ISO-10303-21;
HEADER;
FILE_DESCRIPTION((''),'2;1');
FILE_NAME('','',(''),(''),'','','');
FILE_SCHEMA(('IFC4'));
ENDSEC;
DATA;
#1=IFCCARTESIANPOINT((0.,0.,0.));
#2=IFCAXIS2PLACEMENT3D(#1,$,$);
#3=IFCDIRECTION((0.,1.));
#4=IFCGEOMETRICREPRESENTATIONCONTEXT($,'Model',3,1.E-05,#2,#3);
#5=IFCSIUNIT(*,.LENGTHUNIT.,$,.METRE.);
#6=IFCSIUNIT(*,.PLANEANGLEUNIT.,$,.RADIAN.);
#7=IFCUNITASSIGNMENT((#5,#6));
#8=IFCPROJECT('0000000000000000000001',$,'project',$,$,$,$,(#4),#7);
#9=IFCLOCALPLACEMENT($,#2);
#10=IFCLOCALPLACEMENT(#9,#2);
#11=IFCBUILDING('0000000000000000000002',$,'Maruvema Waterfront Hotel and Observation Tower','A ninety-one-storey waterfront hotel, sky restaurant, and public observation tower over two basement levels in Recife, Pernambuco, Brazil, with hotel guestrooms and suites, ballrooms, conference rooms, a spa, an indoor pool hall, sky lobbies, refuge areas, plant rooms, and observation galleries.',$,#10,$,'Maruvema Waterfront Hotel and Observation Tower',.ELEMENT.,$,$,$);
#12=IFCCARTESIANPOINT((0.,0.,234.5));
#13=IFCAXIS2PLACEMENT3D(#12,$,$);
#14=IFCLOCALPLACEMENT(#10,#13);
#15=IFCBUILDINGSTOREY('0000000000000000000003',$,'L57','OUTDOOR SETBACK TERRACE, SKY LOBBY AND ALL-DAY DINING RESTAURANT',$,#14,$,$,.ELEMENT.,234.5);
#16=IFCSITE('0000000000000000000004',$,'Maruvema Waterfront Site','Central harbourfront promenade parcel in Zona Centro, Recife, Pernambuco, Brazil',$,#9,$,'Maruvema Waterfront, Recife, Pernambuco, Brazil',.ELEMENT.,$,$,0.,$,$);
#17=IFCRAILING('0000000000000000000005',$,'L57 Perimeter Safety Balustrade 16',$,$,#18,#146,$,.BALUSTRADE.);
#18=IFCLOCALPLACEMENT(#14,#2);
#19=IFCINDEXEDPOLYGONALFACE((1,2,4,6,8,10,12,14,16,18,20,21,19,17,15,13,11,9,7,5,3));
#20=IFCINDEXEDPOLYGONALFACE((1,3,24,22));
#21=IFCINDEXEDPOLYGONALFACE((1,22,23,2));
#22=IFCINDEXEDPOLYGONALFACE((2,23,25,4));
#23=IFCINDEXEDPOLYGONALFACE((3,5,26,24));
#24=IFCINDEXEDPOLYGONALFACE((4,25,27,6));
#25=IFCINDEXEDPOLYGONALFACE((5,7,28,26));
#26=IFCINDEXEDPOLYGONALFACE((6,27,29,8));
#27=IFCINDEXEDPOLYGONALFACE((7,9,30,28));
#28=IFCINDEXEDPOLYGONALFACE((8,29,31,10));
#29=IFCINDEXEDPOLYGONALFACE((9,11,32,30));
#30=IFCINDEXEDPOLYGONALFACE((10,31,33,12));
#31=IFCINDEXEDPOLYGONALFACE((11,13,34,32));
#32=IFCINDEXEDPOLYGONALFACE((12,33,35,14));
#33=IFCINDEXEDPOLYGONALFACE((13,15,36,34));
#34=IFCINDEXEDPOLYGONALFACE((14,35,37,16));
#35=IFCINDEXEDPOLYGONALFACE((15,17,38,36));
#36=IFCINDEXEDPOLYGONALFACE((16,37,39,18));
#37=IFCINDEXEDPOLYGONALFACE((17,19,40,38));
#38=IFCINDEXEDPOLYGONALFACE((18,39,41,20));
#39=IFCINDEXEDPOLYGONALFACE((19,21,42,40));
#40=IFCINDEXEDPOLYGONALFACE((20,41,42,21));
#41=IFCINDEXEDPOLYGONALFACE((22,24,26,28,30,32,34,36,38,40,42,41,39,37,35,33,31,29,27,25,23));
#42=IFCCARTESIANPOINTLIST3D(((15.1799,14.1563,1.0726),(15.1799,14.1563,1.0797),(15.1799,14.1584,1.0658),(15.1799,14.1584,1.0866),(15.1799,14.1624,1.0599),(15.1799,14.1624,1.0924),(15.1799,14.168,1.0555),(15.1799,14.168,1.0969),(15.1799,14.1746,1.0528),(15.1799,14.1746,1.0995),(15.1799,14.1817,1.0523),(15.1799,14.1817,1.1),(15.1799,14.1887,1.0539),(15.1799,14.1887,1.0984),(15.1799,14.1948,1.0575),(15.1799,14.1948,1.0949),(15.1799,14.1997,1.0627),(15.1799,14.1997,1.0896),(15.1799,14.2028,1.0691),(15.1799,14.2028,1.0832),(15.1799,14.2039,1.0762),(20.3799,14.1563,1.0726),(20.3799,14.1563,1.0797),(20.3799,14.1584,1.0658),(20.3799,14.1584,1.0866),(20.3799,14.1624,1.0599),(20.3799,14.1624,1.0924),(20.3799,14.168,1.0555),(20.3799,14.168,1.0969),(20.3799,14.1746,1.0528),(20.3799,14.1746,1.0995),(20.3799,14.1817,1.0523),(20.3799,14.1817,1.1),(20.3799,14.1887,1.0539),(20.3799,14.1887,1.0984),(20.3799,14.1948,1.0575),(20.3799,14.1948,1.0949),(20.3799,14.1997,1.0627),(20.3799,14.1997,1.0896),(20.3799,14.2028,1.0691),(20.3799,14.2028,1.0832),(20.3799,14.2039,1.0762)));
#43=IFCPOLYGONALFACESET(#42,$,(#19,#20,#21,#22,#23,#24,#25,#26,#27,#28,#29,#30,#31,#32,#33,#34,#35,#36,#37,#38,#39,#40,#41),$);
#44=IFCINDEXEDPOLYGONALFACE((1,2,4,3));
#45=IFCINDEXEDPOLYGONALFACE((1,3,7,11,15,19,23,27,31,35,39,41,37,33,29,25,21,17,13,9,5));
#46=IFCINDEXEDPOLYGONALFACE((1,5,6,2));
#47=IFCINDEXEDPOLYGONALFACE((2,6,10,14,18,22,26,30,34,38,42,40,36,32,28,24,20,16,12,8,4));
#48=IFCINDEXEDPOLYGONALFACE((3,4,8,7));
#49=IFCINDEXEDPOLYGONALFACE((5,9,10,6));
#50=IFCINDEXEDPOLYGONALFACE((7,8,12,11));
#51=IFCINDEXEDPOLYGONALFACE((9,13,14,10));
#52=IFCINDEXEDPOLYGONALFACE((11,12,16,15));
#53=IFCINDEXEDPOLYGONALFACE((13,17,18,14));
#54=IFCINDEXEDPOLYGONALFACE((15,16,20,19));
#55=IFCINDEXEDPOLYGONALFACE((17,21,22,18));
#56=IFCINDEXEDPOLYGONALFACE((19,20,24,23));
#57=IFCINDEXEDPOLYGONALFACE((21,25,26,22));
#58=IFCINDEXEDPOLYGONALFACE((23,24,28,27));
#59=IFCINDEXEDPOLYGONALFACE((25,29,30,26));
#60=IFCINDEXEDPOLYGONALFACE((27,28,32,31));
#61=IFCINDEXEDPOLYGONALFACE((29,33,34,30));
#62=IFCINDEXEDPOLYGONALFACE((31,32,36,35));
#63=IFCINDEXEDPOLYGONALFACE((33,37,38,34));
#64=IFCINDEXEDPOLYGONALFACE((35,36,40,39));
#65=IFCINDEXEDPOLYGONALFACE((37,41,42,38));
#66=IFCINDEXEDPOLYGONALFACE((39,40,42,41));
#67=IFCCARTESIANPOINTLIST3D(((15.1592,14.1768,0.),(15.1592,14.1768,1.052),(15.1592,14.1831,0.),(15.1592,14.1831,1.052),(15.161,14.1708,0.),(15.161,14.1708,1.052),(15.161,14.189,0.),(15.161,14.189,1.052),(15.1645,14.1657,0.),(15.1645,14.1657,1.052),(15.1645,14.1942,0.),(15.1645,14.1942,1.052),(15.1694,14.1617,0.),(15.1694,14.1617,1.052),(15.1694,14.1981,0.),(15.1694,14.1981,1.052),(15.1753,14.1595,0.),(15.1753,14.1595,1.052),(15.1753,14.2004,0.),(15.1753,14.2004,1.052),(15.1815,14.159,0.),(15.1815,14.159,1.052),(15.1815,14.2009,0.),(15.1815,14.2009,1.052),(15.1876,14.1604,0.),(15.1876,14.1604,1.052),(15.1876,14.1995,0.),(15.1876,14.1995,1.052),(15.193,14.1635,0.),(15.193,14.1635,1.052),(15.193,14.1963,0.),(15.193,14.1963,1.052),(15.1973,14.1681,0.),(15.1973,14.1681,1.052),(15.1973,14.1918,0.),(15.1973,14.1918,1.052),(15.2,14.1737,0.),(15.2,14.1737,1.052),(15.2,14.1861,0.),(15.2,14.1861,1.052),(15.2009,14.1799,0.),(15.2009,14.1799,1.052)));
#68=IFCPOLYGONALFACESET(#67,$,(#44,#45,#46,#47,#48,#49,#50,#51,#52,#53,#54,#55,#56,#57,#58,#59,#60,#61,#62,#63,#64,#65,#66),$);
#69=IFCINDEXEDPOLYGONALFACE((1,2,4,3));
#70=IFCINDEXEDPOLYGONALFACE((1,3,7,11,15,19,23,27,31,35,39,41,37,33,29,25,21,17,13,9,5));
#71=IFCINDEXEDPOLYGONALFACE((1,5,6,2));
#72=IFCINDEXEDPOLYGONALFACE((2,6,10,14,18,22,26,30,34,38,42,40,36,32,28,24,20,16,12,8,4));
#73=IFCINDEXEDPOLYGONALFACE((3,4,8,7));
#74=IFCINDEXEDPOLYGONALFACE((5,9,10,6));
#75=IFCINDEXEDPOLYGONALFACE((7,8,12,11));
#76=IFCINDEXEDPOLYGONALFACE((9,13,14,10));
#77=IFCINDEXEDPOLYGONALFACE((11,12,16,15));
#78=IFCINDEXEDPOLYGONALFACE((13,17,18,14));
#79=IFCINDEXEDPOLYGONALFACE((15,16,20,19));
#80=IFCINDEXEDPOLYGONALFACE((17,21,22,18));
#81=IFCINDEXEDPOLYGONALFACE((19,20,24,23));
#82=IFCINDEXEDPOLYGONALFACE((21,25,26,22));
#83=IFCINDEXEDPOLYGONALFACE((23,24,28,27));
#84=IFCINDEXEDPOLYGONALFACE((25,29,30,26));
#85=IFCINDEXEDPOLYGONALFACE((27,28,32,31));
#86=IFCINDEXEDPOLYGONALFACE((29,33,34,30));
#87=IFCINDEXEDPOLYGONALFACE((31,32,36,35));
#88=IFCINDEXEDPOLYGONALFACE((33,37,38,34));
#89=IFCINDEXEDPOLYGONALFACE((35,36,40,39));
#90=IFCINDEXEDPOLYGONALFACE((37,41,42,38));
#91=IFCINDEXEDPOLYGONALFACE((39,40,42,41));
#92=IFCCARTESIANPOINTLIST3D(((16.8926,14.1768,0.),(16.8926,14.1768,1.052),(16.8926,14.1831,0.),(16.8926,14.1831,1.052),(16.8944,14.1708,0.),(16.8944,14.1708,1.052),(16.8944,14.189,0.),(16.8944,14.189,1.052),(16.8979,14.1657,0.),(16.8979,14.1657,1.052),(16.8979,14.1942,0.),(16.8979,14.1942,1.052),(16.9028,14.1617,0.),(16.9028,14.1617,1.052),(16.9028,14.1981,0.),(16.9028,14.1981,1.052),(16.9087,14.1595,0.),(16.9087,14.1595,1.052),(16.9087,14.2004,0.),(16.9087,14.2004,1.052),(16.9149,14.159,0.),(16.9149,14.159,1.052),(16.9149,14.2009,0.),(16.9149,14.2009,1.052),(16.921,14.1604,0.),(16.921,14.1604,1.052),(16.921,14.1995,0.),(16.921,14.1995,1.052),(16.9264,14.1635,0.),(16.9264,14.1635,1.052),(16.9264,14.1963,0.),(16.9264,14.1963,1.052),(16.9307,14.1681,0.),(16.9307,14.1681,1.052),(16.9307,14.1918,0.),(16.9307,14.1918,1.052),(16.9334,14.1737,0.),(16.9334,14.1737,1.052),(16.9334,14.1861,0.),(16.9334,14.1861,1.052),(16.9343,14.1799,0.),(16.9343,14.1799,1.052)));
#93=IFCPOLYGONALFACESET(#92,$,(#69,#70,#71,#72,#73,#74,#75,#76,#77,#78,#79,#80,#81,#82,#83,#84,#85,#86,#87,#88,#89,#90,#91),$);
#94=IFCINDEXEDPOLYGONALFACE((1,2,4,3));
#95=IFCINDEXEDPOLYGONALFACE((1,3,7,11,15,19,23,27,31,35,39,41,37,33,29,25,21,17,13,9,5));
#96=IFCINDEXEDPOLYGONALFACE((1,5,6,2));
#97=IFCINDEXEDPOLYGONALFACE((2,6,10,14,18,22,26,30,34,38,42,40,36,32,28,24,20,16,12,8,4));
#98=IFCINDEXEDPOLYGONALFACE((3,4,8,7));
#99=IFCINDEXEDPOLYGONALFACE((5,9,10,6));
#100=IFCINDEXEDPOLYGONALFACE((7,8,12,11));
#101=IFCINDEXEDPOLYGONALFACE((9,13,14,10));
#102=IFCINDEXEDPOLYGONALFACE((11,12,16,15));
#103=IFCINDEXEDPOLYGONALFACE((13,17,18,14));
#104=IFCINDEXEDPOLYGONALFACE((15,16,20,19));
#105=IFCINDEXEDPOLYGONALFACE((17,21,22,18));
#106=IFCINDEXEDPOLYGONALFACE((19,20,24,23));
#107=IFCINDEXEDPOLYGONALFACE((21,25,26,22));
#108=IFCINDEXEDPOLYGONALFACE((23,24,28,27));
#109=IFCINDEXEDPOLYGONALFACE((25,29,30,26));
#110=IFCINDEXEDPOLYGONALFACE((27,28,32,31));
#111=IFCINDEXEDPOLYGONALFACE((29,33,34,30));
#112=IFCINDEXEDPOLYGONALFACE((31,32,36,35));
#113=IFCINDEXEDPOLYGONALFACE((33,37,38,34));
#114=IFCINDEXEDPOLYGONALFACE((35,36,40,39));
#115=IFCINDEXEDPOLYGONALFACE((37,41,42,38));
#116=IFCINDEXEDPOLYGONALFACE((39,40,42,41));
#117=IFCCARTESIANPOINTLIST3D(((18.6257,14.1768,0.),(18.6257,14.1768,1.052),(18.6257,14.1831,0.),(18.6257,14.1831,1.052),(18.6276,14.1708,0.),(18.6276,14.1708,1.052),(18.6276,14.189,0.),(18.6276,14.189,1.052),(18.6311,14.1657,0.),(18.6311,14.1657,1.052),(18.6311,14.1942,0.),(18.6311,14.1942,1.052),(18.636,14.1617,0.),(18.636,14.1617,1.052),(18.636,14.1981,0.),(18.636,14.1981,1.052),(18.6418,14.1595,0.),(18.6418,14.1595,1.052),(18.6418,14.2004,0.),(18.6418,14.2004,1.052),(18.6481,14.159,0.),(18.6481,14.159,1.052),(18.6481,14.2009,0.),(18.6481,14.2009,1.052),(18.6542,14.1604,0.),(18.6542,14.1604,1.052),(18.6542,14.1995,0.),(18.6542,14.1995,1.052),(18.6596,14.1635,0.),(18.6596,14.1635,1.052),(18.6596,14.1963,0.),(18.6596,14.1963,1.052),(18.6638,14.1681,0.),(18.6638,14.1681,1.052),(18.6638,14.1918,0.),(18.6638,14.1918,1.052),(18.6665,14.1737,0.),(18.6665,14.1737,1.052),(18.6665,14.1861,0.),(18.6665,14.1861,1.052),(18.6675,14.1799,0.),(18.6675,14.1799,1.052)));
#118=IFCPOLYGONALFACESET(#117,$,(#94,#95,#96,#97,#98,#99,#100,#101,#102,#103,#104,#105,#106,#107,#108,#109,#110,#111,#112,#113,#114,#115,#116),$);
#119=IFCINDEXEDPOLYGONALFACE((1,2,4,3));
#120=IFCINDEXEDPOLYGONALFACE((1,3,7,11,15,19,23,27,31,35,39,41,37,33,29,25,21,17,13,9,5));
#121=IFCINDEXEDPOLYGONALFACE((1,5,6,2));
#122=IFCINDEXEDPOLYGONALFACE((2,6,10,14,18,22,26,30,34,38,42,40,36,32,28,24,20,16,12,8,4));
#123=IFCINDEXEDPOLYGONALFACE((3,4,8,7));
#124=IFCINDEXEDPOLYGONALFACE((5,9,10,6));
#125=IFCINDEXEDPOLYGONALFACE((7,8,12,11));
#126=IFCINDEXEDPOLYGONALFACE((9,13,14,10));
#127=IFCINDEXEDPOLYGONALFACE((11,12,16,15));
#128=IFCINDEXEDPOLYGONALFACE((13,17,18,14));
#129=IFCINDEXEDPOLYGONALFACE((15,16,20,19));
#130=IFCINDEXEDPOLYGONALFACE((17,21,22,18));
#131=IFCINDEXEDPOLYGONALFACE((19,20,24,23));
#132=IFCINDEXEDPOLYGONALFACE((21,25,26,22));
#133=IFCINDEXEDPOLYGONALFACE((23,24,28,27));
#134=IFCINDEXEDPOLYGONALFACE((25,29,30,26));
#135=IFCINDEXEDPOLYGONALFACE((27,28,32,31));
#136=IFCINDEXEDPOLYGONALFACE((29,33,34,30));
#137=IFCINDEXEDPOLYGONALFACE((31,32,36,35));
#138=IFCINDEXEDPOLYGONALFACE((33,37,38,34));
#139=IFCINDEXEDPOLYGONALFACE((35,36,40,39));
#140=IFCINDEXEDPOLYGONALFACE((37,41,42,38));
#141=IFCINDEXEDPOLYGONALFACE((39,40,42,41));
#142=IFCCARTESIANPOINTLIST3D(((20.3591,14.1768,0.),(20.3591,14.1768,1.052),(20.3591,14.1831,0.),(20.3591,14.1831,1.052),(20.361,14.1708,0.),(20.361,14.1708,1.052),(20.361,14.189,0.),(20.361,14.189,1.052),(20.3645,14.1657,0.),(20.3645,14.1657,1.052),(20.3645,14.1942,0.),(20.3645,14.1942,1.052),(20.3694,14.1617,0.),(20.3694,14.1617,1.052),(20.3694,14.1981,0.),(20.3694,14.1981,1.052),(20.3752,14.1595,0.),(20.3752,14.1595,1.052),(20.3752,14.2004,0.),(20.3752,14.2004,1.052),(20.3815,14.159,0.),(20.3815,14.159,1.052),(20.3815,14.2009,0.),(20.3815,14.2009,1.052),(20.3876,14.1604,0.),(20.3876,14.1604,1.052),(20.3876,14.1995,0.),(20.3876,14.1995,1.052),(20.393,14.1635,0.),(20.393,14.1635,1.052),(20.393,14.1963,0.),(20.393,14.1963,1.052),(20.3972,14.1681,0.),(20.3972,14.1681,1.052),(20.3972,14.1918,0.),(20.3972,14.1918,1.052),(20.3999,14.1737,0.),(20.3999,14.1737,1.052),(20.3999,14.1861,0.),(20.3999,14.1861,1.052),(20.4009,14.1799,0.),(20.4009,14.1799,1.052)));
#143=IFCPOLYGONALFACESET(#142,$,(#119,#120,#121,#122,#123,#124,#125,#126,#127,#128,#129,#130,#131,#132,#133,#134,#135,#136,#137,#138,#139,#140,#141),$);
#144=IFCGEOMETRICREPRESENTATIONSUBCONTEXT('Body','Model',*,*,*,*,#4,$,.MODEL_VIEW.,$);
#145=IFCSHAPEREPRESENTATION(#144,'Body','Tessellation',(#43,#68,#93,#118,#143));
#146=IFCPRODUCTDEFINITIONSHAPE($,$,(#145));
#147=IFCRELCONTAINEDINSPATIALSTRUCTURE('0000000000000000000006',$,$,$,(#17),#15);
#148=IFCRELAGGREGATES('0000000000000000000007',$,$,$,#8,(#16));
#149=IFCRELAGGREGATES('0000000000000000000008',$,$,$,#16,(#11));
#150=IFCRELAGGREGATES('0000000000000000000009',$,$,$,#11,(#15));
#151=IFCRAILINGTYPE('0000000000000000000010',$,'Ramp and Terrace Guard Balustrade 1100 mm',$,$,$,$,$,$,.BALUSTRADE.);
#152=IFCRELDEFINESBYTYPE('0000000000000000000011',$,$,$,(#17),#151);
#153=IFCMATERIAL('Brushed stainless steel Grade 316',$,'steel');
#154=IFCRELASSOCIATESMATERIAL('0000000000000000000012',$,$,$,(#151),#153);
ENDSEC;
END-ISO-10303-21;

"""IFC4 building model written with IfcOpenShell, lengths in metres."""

from ifc_helpers import new_model, si_unit, direction, frame, origin, origin_2d, place, context, subcontext, project, spatial, circle, extrude, material, type_object, element, save


model = new_model("IFC4")

# Units and contexts
model_context = context("Model", 3, precision=1e-05, world=origin(), true_north=direction((0.0, 1.0)))
body_context = subcontext(model_context, "Body", "Model", "MODEL_VIEW")
ifc_project = project(units=[si_unit("LENGTHUNIT", "METRE"), si_unit("PLANEANGLEUNIT", "RADIAN")], contexts=[model_context])

# Site, building, storey
site_placement = place(None, origin())
site = spatial("IfcSite", under=ifc_project, at=site_placement, Name="Maruvema Waterfront Site", Description="Central harbourfront promenade parcel in Zona Centro, Recife, Pernambuco, Brazil", LongName="Maruvema Waterfront, Recife, Pernambuco, Brazil", CompositionType="ELEMENT", RefElevation=0.0)
building_placement = place(site_placement, origin())
building = spatial("IfcBuilding", under=site, at=building_placement, Name="Maruvema Waterfront Hotel and Observation Tower", Description="A ninety-one-storey waterfront hotel, sky restaurant, and public observation tower over two basement levels in Recife, Pernambuco, Brazil, with hotel guestrooms and suites, ballrooms, conference rooms, a spa, an indoor pool hall, sky lobbies, refuge areas, plant rooms, and observation galleries.", LongName="Maruvema Waterfront Hotel and Observation Tower", CompositionType="ELEMENT")
storey_placement = place(building_placement, frame((0.0, 0.0, 234.5)))
storey = spatial("IfcBuildingStorey", under=building, at=storey_placement, Name="L57", Description="OUTDOOR SETBACK TERRACE, SKY LOBBY AND ALL-DAY DINING RESTAURANT", CompositionType="ELEMENT", Elevation=234.5)

# Railing
ifc_material_1 = material(Name="Brushed stainless steel Grade 316", Category="steel")
railing_type = type_object("IfcRailingType", Name="Ramp and Terrace Guard Balustrade 1100 mm", PredefinedType="BALUSTRADE", material=ifc_material_1)
railing_1_placement = place(storey_placement, frame((15.1799, 14.1799, 0.0)))
element("IfcRailing", 1, at=railing_1_placement, inside=storey, type_object=railing_type, Name="L57 Perimeter Safety Balustrade 16", PredefinedType="BALUSTRADE", context=body_context, shape_type="SweptSolid", body=[
    extrude(circle(Radius=0.0239, at=origin_2d()), frame((0.0, 0.0, 1.0762), z_axis=(1.0, 0.0, 0.0), x_axis=(0.0, 1.0, 0.0)), (0.0, 0.0, 1.0), 5.2),
    extrude(circle(Radius=0.021, at=origin_2d()), origin(), (0.0, 0.0, 1.0), 1.052),
    extrude(circle(Radius=0.021, at=origin_2d()), frame((1.7334, 0.0, 0.0)), (0.0, 0.0, 1.0), 1.052),
    extrude(circle(Radius=0.021, at=origin_2d()), frame((3.4666, 0.0, 0.0)), (0.0, 0.0, 1.0), 1.052),
    extrude(circle(Radius=0.021, at=origin_2d()), frame((5.2, 0.0, 0.0)), (0.0, 0.0, 1.0), 1.052),
])

save(model, "model.ifc")
